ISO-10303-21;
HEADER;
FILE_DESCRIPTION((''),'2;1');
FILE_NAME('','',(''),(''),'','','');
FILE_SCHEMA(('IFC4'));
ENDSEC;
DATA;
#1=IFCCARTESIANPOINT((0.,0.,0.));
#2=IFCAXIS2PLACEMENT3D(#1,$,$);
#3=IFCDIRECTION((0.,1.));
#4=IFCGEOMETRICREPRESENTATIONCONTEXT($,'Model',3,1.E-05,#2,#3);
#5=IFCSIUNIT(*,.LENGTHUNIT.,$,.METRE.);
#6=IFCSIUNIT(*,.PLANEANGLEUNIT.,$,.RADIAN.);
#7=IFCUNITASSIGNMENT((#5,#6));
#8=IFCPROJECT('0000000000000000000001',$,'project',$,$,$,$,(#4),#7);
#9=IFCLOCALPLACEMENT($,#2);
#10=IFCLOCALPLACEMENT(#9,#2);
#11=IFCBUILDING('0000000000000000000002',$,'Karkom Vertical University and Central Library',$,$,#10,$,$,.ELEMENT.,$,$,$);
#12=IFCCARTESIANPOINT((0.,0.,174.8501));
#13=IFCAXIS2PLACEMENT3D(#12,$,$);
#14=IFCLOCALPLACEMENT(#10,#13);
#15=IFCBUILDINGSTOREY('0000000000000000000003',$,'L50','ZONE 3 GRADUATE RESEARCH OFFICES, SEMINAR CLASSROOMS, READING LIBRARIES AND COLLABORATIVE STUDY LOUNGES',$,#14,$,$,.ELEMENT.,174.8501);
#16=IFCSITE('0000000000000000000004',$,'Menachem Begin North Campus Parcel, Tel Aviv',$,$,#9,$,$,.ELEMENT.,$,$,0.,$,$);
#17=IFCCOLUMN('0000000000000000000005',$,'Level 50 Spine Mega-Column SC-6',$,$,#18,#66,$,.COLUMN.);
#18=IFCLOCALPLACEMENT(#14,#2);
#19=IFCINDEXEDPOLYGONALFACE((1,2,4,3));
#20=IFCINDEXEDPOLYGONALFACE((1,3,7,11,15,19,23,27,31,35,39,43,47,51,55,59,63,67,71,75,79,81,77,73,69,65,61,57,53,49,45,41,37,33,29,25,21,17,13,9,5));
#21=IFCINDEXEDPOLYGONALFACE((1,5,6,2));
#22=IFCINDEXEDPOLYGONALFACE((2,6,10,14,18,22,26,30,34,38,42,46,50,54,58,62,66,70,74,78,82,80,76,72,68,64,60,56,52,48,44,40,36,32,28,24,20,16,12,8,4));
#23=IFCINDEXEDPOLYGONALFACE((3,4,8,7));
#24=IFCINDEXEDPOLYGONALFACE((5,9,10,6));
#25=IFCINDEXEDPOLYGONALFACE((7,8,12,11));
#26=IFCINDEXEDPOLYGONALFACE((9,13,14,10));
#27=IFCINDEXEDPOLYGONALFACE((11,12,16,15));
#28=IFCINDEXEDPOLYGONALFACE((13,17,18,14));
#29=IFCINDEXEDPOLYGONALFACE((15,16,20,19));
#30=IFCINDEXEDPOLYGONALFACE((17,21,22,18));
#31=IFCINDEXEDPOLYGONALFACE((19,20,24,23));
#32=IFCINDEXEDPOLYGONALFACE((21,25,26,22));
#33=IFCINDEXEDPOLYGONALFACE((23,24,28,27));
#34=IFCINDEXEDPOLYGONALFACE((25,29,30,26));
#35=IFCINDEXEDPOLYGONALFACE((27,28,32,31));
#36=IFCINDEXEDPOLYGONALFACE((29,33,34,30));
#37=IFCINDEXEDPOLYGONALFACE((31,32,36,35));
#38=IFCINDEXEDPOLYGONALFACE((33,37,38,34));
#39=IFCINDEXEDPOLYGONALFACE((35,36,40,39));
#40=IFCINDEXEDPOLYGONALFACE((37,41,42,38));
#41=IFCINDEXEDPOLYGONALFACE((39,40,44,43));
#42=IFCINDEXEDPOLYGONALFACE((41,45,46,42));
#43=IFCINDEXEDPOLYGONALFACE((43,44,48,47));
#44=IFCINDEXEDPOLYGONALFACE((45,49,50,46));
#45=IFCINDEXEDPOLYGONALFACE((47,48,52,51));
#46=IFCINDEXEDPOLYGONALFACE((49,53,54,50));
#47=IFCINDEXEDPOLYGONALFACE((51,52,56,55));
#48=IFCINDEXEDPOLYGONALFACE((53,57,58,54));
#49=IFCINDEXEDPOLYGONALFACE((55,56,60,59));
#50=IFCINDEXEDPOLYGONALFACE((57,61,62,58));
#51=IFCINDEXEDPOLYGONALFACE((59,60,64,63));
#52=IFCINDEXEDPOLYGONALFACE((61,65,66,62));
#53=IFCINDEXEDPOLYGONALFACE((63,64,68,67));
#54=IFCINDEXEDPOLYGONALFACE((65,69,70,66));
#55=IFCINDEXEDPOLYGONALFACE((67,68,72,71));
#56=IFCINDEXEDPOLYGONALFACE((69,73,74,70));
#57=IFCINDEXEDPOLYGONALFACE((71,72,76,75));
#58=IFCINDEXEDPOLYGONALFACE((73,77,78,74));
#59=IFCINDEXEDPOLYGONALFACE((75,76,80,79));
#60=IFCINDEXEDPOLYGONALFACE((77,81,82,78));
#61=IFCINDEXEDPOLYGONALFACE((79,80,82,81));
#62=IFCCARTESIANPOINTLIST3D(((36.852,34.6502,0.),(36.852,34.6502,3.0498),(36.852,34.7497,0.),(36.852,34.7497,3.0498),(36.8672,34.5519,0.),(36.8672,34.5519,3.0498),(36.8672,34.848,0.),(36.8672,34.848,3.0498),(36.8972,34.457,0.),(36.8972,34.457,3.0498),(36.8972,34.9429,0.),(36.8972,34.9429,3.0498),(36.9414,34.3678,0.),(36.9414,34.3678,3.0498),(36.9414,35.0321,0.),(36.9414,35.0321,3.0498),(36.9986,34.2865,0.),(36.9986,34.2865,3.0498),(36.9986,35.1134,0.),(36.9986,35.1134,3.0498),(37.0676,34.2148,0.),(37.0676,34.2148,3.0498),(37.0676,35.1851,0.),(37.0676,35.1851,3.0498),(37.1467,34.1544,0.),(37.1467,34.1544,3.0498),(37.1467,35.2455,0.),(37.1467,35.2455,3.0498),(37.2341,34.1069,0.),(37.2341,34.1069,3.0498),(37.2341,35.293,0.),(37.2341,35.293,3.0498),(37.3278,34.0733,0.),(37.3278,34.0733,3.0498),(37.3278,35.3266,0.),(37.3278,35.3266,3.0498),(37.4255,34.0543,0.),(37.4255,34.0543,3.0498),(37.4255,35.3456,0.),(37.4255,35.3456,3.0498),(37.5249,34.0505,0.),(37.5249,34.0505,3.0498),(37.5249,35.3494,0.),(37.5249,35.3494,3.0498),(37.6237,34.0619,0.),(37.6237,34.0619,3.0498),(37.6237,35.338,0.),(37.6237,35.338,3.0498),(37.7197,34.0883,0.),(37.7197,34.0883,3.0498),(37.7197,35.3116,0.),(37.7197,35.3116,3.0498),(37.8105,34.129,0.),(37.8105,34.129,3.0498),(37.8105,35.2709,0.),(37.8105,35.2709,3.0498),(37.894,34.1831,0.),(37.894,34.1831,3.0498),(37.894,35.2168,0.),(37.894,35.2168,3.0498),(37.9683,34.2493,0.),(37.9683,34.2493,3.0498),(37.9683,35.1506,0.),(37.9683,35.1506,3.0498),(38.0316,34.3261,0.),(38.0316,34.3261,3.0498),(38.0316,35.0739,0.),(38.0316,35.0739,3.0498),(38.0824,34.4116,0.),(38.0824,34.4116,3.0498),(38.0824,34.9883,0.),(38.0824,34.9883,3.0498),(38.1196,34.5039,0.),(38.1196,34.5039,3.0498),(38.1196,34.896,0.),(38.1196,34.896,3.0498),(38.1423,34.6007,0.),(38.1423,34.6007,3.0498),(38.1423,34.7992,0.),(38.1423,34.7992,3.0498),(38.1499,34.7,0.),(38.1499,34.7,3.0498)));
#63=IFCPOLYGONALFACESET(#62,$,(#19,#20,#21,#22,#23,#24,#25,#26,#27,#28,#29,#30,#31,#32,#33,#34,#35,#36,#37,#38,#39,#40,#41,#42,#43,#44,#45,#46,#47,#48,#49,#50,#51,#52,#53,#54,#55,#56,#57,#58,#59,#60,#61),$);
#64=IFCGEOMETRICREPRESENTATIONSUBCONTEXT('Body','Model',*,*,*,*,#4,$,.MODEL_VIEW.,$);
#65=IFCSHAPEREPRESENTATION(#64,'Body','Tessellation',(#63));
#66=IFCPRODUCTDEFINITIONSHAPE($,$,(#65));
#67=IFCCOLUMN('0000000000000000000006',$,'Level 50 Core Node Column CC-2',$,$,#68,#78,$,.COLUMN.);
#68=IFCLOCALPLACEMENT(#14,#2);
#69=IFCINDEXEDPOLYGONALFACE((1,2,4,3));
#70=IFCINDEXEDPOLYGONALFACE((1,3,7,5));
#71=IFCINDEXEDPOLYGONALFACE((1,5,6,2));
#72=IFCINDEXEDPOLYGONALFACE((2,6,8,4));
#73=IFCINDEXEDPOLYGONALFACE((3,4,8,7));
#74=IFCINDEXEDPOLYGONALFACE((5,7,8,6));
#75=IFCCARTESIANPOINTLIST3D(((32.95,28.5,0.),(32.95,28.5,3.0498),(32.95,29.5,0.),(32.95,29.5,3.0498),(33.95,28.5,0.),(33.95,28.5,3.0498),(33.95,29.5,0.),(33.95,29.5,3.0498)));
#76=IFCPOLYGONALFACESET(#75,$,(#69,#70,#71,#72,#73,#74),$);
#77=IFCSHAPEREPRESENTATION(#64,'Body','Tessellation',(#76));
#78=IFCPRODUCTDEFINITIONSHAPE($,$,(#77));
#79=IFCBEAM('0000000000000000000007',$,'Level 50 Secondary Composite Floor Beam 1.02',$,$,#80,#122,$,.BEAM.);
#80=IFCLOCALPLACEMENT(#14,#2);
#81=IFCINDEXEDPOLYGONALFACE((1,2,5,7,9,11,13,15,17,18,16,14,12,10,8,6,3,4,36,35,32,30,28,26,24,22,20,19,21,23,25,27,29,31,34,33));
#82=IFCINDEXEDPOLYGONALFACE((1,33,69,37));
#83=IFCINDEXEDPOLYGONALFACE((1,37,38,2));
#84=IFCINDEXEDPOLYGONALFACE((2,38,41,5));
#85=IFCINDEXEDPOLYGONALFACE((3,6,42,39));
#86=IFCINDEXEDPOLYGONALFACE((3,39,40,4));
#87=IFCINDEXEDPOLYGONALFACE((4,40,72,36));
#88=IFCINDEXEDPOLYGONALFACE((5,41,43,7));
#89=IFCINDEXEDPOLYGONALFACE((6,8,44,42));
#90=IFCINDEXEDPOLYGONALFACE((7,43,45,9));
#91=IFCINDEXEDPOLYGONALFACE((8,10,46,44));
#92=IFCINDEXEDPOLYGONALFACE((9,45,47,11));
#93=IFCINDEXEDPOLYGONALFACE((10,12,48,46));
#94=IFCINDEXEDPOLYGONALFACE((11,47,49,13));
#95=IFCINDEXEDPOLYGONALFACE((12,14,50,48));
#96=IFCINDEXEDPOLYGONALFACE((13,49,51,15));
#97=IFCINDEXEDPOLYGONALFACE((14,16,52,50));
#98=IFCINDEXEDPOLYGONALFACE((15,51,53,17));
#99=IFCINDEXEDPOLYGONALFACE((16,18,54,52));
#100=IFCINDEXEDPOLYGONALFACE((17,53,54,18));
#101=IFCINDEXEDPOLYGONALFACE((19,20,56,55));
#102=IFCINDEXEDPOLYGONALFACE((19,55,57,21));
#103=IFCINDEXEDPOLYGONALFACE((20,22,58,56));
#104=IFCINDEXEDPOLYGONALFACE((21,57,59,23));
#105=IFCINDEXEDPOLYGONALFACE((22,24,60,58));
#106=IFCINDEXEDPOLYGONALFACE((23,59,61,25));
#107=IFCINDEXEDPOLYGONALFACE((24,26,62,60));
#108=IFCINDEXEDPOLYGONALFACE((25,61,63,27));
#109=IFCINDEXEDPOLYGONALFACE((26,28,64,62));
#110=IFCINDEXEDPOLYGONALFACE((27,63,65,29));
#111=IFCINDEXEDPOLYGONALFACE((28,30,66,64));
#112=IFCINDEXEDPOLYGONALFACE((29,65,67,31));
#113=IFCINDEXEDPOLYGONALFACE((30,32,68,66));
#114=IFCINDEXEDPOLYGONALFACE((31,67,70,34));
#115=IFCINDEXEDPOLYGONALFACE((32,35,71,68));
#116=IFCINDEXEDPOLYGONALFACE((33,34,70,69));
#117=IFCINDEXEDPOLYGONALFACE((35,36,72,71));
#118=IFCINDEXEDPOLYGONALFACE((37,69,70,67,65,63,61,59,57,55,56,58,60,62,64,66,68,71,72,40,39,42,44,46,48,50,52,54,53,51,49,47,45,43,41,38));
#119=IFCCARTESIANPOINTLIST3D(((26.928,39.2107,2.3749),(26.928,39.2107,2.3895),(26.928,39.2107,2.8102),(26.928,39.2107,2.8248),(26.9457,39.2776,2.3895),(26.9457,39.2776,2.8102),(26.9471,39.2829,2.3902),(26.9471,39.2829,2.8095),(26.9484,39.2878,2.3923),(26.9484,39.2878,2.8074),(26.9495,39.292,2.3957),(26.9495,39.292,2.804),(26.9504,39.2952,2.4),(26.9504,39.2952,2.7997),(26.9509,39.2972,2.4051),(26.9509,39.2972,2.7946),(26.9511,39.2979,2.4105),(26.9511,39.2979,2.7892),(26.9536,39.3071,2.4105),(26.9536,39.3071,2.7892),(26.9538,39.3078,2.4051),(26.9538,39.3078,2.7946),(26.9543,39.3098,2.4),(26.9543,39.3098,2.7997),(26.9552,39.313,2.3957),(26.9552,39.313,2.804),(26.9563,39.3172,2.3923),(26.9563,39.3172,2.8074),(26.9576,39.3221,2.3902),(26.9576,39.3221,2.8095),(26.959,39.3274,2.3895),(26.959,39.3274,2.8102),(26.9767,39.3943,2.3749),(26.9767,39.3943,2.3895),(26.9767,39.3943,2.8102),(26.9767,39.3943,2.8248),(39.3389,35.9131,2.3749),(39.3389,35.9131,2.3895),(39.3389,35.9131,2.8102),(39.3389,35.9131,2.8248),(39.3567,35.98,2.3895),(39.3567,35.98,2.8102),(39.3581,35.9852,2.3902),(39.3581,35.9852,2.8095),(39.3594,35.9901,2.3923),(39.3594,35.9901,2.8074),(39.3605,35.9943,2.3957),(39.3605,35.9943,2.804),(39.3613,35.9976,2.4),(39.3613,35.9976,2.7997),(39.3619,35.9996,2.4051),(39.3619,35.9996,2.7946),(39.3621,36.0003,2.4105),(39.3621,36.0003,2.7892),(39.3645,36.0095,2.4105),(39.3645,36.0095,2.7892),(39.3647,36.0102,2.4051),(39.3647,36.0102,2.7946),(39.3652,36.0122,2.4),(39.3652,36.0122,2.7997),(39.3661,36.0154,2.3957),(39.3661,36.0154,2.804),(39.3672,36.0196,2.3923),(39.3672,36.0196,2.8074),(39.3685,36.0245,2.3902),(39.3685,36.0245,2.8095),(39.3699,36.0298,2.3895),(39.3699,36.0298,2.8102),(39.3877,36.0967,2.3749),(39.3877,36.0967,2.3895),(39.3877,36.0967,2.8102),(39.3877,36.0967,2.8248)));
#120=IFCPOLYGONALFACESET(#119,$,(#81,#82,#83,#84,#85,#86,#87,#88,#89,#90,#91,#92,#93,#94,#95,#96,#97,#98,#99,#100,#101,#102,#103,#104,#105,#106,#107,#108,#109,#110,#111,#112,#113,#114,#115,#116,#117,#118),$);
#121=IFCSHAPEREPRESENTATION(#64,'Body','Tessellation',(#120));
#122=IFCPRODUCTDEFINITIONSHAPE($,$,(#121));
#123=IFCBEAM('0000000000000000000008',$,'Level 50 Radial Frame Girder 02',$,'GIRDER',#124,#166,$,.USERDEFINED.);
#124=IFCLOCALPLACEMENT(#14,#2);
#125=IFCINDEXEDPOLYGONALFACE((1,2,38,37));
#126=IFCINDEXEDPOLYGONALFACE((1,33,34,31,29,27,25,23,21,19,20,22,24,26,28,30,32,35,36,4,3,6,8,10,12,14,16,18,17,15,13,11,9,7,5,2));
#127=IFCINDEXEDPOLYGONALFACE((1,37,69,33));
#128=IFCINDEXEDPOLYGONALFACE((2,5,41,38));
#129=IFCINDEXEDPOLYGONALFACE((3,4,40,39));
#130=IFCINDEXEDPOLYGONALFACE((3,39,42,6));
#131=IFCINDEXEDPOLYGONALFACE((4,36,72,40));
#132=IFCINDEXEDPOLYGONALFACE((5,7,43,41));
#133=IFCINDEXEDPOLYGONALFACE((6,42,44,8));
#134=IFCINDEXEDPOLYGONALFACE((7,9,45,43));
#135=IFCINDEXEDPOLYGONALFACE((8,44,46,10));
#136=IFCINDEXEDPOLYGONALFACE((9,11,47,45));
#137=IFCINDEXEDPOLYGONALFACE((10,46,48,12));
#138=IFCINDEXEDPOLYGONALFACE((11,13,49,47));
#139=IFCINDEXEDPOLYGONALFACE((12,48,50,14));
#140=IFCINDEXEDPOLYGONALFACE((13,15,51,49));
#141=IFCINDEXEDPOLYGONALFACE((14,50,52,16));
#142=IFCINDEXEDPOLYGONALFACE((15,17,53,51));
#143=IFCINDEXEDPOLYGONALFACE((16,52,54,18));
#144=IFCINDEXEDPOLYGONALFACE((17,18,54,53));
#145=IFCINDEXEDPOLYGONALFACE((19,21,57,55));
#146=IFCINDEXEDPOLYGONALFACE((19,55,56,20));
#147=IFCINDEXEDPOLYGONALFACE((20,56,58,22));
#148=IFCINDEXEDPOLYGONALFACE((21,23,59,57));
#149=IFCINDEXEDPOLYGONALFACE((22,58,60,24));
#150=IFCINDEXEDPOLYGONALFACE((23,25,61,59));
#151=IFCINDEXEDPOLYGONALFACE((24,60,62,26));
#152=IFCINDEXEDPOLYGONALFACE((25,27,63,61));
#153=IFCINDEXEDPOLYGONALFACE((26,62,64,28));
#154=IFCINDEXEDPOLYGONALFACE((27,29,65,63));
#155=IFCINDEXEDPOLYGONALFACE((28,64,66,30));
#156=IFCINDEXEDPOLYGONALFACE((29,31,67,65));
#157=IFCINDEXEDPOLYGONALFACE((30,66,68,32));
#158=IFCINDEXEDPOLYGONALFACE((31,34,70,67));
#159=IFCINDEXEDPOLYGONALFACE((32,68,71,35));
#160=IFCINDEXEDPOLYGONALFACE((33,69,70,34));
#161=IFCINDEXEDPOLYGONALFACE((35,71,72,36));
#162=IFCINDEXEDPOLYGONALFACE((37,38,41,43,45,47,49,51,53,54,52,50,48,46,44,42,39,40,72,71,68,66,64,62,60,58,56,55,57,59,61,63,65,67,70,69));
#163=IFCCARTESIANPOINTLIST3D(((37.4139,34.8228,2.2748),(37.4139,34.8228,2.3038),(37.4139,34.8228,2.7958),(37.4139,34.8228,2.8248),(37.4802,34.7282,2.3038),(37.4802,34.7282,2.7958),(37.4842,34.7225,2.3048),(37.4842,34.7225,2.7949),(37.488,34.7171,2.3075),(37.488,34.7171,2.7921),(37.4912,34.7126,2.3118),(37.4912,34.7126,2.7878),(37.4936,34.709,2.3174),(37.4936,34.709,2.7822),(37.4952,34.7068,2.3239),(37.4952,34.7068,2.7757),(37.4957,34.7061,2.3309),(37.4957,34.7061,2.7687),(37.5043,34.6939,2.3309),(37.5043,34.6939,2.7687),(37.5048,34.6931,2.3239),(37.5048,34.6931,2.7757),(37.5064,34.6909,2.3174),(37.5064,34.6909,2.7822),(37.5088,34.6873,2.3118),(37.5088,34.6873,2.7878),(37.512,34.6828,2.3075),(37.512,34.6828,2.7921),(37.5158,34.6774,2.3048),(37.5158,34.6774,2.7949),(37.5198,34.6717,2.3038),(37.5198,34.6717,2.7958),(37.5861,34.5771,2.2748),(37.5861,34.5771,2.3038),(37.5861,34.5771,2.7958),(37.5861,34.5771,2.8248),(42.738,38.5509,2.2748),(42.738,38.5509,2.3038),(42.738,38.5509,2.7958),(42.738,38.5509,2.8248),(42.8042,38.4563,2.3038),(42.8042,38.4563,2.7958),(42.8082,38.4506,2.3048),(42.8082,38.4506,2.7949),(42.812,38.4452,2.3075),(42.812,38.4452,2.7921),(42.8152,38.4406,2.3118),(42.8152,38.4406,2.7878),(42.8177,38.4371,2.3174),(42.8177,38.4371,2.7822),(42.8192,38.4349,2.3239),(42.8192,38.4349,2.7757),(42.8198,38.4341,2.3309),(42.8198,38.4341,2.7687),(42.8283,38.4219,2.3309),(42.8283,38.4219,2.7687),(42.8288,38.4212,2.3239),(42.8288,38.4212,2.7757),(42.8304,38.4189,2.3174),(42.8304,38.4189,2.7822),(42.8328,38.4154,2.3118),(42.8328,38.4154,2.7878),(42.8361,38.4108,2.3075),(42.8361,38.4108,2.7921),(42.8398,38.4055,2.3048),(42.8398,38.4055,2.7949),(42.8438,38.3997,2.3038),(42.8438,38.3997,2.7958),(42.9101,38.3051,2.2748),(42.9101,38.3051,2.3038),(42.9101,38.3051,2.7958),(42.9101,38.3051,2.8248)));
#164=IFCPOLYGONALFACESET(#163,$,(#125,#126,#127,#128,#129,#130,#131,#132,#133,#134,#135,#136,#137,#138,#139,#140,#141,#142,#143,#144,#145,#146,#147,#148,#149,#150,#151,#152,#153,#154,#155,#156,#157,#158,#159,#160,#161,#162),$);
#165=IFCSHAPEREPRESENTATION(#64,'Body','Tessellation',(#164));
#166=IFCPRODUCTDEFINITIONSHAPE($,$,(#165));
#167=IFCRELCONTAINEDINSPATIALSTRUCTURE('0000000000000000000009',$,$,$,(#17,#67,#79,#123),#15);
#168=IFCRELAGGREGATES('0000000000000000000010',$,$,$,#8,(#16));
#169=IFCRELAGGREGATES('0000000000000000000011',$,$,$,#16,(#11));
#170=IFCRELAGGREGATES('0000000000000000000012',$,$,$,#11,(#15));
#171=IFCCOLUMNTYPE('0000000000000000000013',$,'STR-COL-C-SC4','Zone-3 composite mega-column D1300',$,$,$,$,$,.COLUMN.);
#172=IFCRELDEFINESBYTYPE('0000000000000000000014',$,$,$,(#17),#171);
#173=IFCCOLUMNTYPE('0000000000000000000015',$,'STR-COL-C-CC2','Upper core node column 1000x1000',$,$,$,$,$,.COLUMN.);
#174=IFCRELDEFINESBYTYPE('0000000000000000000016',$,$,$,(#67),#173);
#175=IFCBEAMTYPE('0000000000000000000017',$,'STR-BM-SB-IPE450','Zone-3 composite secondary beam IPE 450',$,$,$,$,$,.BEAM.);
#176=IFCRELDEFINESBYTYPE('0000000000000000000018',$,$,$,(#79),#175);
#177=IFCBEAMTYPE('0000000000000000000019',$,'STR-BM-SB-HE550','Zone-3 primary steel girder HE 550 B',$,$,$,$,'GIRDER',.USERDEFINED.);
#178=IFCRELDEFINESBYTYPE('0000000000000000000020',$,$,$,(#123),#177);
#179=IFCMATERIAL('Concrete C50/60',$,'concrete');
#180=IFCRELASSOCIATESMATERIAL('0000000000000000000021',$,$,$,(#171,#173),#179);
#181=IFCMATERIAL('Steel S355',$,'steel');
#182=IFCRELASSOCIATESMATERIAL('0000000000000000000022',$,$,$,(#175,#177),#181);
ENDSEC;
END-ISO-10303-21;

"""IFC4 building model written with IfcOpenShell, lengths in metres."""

from ifc_helpers import new_model, si_unit, direction, frame, origin, origin_with_axes, origin_2d, place, context, subcontext, project, spatial, rectangle, circle, i_section, extrude, source, transform, mapped, material, material_profile, profile_set, type_object, element, save


model = new_model("IFC4")

# Units and contexts
model_context = context("Model", 3, precision=1e-05, world=origin(), true_north=direction((0.0, 1.0)))
body_context = subcontext(model_context, "Body", "Model", "MODEL_VIEW")
ifc_project = project(units=[si_unit("LENGTHUNIT", "METRE"), si_unit("PLANEANGLEUNIT", "RADIAN")], contexts=[model_context])

# Site, building, storey
site_placement = place(None, origin())
site = spatial("IfcSite", under=ifc_project, at=site_placement, Name="Menachem Begin North Campus Parcel, Tel Aviv", CompositionType="ELEMENT", RefElevation=0.0)
building_placement = place(site_placement, origin())
building = spatial("IfcBuilding", under=site, at=building_placement, Name="Karkom Vertical University and Central Library", CompositionType="ELEMENT")
storey_placement = place(building_placement, frame((0.0, 0.0, 174.8501)))
storey = spatial("IfcBuildingStorey", under=building, at=storey_placement, Name="L50", Description="ZONE 3 GRADUATE RESEARCH OFFICES, SEMINAR CLASSROOMS, READING LIBRARIES AND COLLABORATIVE STUDY LOUNGES", CompositionType="ELEMENT", Elevation=174.8501)

# Columns
ifc_material_1 = material(Name="Concrete C50/60", Category="concrete")
ifc_material_profile_1 = material_profile(ifc_material_1, circle(Radius=0.6499, at=origin_2d()), Name="CFT-D1300")
ifc_profile_set_1 = profile_set([ifc_material_profile_1], Name="Concrete C50/60")
column_type_1 = type_object("IfcColumnType", Name="STR-COL-C-SC4", Description="Zone-3 composite mega-column D1300", PredefinedType="COLUMN", material=ifc_profile_set_1)
shared_shape_1 = source(origin_with_axes(), body_context, "Body", "SweptSolid", [
    extrude(circle(Radius=0.6499, at=origin_2d()), origin(), (0.0, 0.0, 1.0), 3.0498),
])
column_1_placement = place(storey_placement, frame((37.5, 34.7, 0.0), z_axis=(0.0, 0.0, 1.0), x_axis=(1.0, 0.0, 0.0)))
element("IfcColumn", 1, at=column_1_placement, inside=storey, type_object=column_type_1, Name="Level 50 Spine Mega-Column SC-6", PredefinedType="COLUMN", context=body_context, shape_type="MappedRepresentation", body=[
    mapped(shared_shape_1, transform((0.0, 0.0, 0.0), scale=1.0)),
])
ifc_material_profile_2 = material_profile(ifc_material_1, rectangle(XDim=1.0, YDim=1.0, at=origin_2d()), Name="RC-1000x1000")
ifc_profile_set_2 = profile_set([ifc_material_profile_2], Name="Concrete C50/60")
column_type_2 = type_object("IfcColumnType", Name="STR-COL-C-CC2", Description="Upper core node column 1000x1000", PredefinedType="COLUMN", material=ifc_profile_set_2)
shared_shape_2 = source(origin_with_axes(), body_context, "Body", "SweptSolid", [
    extrude(rectangle(XDim=1.0, YDim=1.0, at=origin_2d()), origin(), (0.0, 0.0, 1.0), 3.0498),
])
column_2_placement = place(storey_placement, frame((33.45, 29.0, 0.0), z_axis=(0.0, 0.0, 1.0), x_axis=(1.0, 0.0, 0.0)))
element("IfcColumn", 2, at=column_2_placement, inside=storey, type_object=column_type_2, Name="Level 50 Core Node Column CC-2", PredefinedType="COLUMN", context=body_context, shape_type="MappedRepresentation", body=[
    mapped(shared_shape_2, transform((0.0, 0.0, 0.0), scale=1.0)),
])

# Beams
ifc_material_2 = material(Name="Steel S355", Category="steel")
ifc_material_profile_3 = material_profile(ifc_material_2, i_section(OverallWidth=0.1899, OverallDepth=0.45, WebThickness=0.0095, FlangeThickness=0.0146, FilletRadius=0.021, at=origin_2d()), Name="IPE 450")
ifc_profile_set_3 = profile_set([ifc_material_profile_3], Name="Steel S355")
beam_type_1 = type_object("IfcBeamType", Name="STR-BM-SB-IPE450", Description="Zone-3 composite secondary beam IPE 450", PredefinedType="BEAM", material=ifc_profile_set_3)
shared_shape_3 = source(origin_with_axes(), body_context, "Body", "SweptSolid", [
    extrude(i_section(OverallWidth=0.1899, OverallDepth=0.45, WebThickness=0.0095, FlangeThickness=0.0146, FilletRadius=0.021, at=origin_2d()), origin(), (0.0, 0.0, 1.0), 12.8416),
])
beam_1_placement = place(storey_placement, frame((39.3633, 36.0049, 2.5999), z_axis=(-0.966466, 0.256793, 0.0), x_axis=(-0.256793, -0.966466, 0.0)))
element("IfcBeam", 3, at=beam_1_placement, inside=storey, type_object=beam_type_1, Name="Level 50 Secondary Composite Floor Beam 1.02", PredefinedType="BEAM", context=body_context, shape_type="MappedRepresentation", body=[
    mapped(shared_shape_3, transform((0.0, 0.0, 0.0), scale=1.0)),
])
ifc_material_profile_4 = material_profile(ifc_material_2, i_section(OverallWidth=0.3, OverallDepth=0.55, WebThickness=0.0149, FlangeThickness=0.0291, FilletRadius=0.0271, at=origin_2d()), Name="HE 550 B")
ifc_profile_set_4 = profile_set([ifc_material_profile_4], Name="Steel S355")
beam_type_2 = type_object("IfcBeamType", Name="STR-BM-SB-HE550", Description="Zone-3 primary steel girder HE 550 B", ElementType="GIRDER", PredefinedType="USERDEFINED", material=ifc_profile_set_4)
shared_shape_4 = source(origin_with_axes(), body_context, "Body", "SweptSolid", [
    extrude(i_section(OverallWidth=0.3, OverallDepth=0.55, WebThickness=0.0149, FlangeThickness=0.0291, FilletRadius=0.0271, at=origin_2d()), origin(), (0.0, 0.0, 1.0), 6.4995),
])
beam_2_placement = place(storey_placement, frame((37.5, 34.7, 2.5498), z_axis=(0.819142, 0.573591, 0.0), x_axis=(-0.573591, 0.819142, 0.0)))
element("IfcBeam", 4, at=beam_2_placement, inside=storey, type_object=beam_type_2, Name="Level 50 Radial Frame Girder 02", ObjectType="GIRDER", PredefinedType="USERDEFINED", context=body_context, shape_type="MappedRepresentation", body=[
    mapped(shared_shape_4, transform((0.0, 0.0, 0.0), scale=1.0)),
])

save(model, "model.ifc")
